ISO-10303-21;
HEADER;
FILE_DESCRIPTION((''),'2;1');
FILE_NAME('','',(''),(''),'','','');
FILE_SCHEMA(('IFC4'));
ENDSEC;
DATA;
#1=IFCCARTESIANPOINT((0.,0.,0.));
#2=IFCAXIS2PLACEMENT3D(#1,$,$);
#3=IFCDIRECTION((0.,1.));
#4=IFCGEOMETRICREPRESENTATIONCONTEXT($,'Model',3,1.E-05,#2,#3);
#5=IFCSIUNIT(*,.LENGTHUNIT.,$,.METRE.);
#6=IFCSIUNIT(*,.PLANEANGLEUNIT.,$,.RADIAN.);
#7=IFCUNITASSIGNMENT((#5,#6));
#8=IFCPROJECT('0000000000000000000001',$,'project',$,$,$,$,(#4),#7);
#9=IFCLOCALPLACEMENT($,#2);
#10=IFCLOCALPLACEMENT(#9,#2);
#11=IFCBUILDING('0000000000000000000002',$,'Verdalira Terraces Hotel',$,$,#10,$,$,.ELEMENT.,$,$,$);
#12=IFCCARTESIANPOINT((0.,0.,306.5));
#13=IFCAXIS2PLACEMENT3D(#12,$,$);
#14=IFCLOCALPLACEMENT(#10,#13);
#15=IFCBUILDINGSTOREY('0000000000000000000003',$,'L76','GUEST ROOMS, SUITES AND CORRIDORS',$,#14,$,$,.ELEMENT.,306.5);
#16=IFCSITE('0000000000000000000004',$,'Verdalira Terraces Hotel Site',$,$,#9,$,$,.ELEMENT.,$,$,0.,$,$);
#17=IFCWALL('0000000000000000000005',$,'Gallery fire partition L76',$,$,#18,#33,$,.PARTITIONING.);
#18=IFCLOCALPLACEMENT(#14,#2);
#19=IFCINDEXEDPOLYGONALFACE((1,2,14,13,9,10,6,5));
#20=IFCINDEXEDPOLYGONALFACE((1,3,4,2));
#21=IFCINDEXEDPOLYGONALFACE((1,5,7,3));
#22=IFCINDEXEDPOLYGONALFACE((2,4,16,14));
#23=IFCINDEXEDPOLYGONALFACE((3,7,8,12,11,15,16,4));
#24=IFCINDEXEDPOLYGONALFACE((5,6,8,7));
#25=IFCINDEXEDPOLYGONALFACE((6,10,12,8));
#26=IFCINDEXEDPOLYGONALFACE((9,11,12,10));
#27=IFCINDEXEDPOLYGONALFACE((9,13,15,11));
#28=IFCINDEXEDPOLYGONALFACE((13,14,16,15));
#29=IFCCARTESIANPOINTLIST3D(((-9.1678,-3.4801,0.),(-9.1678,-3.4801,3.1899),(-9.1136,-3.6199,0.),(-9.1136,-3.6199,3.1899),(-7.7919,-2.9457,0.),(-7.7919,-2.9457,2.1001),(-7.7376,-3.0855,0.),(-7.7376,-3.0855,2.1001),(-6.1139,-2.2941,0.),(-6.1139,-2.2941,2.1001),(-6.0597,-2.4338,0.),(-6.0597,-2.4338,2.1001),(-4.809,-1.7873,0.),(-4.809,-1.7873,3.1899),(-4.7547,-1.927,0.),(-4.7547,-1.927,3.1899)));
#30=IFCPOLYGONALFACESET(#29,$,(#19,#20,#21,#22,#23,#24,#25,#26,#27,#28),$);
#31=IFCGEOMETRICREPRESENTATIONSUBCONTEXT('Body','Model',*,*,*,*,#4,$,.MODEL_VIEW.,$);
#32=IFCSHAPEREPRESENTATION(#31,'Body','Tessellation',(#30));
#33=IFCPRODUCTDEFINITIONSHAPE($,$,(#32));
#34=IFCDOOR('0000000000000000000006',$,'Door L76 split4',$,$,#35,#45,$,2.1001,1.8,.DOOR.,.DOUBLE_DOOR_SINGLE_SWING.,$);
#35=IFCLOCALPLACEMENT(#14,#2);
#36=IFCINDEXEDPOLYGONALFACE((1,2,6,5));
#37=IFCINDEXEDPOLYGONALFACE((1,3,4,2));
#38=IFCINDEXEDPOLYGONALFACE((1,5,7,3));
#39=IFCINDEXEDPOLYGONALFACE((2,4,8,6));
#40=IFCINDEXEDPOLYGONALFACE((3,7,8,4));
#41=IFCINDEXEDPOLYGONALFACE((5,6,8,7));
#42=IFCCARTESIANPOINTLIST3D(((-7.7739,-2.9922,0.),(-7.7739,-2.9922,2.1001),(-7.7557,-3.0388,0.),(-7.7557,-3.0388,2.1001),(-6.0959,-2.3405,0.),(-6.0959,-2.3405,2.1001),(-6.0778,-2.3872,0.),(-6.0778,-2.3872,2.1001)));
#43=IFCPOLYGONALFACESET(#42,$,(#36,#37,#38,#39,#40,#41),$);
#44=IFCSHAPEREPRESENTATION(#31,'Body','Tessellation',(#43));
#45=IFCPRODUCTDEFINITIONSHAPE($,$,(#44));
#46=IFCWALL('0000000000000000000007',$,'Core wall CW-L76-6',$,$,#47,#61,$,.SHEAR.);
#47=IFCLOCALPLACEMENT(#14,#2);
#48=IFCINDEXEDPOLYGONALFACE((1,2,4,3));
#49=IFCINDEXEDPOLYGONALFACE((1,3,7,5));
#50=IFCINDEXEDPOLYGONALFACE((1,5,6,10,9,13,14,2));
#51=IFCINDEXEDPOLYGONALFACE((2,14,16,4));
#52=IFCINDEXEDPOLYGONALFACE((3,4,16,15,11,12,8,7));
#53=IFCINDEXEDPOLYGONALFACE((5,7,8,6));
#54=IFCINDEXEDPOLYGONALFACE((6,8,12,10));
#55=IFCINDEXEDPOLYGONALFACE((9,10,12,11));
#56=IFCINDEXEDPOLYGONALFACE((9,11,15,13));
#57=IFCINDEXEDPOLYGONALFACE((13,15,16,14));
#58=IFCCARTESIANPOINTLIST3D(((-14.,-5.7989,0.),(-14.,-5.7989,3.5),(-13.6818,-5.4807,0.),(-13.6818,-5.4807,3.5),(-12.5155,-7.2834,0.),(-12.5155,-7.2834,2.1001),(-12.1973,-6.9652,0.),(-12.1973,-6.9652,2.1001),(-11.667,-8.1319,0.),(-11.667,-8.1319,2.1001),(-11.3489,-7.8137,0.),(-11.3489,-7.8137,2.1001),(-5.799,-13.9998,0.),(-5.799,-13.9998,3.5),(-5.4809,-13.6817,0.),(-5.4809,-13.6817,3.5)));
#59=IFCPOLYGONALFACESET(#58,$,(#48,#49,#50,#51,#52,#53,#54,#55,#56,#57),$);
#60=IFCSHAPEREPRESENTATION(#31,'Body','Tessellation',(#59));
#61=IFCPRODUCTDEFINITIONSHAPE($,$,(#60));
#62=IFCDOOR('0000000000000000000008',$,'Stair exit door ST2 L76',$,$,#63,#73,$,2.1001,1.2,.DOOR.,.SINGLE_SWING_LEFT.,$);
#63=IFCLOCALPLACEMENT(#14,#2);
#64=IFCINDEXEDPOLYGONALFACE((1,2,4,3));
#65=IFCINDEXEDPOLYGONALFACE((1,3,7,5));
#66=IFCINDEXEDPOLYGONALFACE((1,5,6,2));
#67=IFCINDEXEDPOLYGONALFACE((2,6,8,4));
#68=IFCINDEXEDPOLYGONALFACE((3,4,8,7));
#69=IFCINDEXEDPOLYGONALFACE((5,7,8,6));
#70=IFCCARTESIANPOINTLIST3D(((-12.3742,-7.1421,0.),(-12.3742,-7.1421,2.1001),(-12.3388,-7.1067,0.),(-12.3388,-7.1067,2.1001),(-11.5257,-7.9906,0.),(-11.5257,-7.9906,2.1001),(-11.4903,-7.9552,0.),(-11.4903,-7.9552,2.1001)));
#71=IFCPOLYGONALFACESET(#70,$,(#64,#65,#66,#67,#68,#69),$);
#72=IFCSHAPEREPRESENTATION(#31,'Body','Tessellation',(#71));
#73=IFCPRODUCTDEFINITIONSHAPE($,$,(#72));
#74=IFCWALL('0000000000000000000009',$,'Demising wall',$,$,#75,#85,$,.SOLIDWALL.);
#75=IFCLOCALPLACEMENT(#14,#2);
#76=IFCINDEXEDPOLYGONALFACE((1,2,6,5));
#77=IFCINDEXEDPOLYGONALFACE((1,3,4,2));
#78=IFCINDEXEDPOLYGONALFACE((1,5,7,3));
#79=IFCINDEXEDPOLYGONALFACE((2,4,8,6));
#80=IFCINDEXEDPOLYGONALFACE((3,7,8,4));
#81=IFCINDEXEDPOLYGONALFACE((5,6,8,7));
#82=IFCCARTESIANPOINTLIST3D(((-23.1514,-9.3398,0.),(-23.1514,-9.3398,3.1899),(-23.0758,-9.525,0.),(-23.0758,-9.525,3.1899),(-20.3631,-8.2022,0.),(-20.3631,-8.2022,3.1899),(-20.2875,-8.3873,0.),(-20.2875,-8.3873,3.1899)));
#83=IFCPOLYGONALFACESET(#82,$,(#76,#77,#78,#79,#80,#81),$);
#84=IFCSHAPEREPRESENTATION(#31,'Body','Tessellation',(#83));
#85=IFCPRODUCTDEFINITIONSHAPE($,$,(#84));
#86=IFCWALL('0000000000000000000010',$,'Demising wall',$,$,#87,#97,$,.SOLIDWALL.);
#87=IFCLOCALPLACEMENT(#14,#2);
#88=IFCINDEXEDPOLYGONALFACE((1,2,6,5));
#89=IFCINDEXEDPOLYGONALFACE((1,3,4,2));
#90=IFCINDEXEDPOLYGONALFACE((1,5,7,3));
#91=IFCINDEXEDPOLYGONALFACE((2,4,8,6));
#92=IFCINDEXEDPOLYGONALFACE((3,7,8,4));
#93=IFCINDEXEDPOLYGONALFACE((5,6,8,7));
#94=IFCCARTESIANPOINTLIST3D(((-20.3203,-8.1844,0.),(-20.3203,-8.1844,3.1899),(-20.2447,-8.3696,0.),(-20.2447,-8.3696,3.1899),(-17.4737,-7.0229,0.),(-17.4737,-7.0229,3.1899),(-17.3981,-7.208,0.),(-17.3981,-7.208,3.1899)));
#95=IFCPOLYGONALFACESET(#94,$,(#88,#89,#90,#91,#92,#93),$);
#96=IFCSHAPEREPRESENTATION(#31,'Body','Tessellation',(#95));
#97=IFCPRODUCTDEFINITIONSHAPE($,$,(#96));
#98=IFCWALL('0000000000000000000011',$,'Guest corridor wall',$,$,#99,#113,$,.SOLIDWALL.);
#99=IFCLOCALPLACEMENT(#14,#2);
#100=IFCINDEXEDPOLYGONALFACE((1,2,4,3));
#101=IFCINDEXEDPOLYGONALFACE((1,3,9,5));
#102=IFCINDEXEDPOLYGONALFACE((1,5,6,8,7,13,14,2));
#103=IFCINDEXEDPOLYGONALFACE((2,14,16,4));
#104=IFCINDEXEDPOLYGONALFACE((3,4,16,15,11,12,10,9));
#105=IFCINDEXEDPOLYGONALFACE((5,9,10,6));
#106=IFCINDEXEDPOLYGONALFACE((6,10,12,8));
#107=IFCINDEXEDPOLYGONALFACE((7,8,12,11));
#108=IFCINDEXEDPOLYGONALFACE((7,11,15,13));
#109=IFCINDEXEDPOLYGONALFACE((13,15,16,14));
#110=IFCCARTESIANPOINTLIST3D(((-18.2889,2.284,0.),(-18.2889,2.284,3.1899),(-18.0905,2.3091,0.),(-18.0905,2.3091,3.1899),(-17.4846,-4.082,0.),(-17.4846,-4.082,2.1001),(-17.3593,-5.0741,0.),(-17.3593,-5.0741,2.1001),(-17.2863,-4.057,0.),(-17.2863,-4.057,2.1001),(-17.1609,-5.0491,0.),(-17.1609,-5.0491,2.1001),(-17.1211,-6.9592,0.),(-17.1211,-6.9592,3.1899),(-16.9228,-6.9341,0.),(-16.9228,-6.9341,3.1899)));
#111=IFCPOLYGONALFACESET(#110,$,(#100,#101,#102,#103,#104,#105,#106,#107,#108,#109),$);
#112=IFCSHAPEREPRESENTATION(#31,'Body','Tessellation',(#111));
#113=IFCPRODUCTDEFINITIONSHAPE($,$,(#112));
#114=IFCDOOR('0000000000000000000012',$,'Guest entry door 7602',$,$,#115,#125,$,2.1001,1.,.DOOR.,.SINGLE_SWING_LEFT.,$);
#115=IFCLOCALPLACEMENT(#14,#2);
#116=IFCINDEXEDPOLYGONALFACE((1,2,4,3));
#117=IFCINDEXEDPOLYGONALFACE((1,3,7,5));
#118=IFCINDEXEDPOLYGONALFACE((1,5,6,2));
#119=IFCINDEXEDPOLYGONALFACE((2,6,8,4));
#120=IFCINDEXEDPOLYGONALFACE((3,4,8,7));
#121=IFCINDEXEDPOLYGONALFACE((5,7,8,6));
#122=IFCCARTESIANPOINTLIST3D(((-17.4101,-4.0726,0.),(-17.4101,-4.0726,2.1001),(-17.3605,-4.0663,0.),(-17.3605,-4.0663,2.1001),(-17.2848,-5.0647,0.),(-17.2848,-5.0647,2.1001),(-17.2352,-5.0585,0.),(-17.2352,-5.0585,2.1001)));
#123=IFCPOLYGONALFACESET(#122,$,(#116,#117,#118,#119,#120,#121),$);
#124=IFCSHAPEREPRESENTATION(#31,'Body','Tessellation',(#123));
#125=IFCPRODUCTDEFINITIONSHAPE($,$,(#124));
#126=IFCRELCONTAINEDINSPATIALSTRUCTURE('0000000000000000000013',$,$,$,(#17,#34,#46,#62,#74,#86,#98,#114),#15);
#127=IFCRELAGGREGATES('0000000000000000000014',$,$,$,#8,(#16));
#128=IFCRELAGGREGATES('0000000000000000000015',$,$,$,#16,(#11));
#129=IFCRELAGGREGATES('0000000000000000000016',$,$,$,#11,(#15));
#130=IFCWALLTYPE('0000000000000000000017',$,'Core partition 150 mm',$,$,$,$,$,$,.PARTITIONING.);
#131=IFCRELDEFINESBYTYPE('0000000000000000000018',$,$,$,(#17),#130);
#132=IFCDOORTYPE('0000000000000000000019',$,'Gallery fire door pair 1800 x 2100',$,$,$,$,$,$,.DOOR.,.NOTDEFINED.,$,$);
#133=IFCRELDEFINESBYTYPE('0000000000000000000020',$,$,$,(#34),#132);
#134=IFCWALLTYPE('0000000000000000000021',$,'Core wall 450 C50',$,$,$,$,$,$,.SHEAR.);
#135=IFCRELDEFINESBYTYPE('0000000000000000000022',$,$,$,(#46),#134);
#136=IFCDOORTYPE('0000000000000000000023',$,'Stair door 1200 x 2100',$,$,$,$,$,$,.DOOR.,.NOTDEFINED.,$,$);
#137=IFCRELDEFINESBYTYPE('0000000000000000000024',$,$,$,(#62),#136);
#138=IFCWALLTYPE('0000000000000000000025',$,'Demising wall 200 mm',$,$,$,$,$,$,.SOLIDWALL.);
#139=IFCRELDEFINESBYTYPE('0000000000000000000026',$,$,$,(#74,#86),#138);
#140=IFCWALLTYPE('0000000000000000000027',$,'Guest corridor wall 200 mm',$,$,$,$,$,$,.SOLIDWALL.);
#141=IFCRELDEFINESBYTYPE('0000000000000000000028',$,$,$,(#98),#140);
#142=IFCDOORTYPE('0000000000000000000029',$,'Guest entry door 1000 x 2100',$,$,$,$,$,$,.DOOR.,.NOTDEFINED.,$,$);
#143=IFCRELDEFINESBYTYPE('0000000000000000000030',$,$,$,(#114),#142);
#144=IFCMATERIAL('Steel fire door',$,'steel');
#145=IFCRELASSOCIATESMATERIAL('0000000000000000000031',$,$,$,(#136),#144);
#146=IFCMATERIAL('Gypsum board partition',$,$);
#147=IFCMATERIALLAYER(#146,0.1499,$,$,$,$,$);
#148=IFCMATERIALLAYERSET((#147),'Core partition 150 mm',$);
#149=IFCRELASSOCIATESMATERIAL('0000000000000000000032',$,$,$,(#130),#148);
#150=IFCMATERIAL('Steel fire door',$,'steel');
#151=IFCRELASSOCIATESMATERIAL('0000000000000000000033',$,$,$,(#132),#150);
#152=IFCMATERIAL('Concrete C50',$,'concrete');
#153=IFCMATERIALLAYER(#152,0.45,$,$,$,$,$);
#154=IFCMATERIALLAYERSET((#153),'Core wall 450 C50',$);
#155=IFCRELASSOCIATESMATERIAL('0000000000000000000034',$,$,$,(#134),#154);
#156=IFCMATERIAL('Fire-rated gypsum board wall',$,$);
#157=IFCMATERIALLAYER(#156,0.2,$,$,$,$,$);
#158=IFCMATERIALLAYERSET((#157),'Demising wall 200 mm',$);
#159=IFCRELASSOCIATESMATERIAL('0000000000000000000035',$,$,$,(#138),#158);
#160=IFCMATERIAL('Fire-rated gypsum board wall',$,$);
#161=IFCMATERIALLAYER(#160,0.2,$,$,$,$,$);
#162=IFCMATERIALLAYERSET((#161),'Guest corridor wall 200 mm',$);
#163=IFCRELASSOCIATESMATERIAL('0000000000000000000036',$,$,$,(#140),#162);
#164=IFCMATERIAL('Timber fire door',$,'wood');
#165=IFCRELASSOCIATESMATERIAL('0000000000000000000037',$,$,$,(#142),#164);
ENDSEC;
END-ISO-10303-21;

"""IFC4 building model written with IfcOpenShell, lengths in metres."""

from ifc_helpers import new_model, si_unit, direction, frame, frame_2d, origin, place, context, subcontext, project, spatial, rectangle, extrude, material, layer, layer_set, type_object, element, fill, save


model = new_model("IFC4")

# Units and contexts
model_context = context("Model", 3, precision=1e-05, world=origin(), true_north=direction((0.0, 1.0)))
body_context = subcontext(model_context, "Body", "Model", "MODEL_VIEW")
ifc_project = project(units=[si_unit("LENGTHUNIT", "METRE"), si_unit("PLANEANGLEUNIT", "RADIAN")], contexts=[model_context])

# Site, building, storey
site_placement = place(None, origin())
site = spatial("IfcSite", under=ifc_project, at=site_placement, Name="Verdalira Terraces Hotel Site", CompositionType="ELEMENT", RefElevation=0.0)
building_placement = place(site_placement, origin())
building = spatial("IfcBuilding", under=site, at=building_placement, Name="Verdalira Terraces Hotel", CompositionType="ELEMENT")
storey_placement = place(building_placement, frame((0.0, 0.0, 306.5)))
storey = spatial("IfcBuildingStorey", under=building, at=storey_placement, Name="L76", Description="GUEST ROOMS, SUITES AND CORRIDORS", CompositionType="ELEMENT", Elevation=306.5)

# Shared definitions
ifc_material_1 = material(Name="Steel fire door", Category="steel")
door_type_1 = type_object("IfcDoorType", Name="Stair door 1200 x 2100", OperationType="NOTDEFINED", PredefinedType="DOOR", material=ifc_material_1)

# Walls, openings, doors
ifc_material_2 = material(Name="Gypsum board partition")
ifc_layer_1 = layer(ifc_material_2, 0.1499)
ifc_layer_set_1 = layer_set([ifc_layer_1], Name="Core partition 150 mm")
wall_type_1 = type_object("IfcWallType", Name="Core partition 150 mm", PredefinedType="PARTITIONING", material=ifc_layer_set_1)
wall_1_placement = place(storey_placement, frame((-4.782, -1.8572, 0.0), z_axis=(0.0, 0.0, 1.0), x_axis=(-0.932167, -0.362028, 0.0)))
wall_1 = element("IfcWall", 1, at=wall_1_placement, inside=storey, type_object=wall_type_1, Name="Gallery fire partition L76", PredefinedType="PARTITIONING", context=body_context, shape_type="SweptSolid", body=[
    extrude(rectangle(XDim=4.676, YDim=0.1499, at=frame_2d((2.3379, 0.0))), origin(), (0.0, 0.0, 1.0), 3.1899),
])
opening_1_placement = place(wall_1_placement, frame((1.3999, 0.0, 0.0)))
opening_1 = element("IfcOpeningElement", 2, at=opening_1_placement, cuts=wall_1, PredefinedType="OPENING", context=body_context, shape_type="SweptSolid", body=[
    extrude(rectangle(XDim=1.8, YDim=2.1001, at=frame_2d((0.8999, 1.05))), frame((0.0, 0.085, 0.0), z_axis=(0.0, -1.0, 0.0), x_axis=(1.0, 0.0, 0.0)), (0.0, 0.0, 1.0), 0.1699),
])
ifc_material_3 = material(Name="Steel fire door", Category="steel")
door_type_2 = type_object("IfcDoorType", Name="Gallery fire door pair 1800 x 2100", OperationType="NOTDEFINED", PredefinedType="DOOR", material=ifc_material_3)
door_1_placement = place(opening_1_placement, origin())
door_1 = element("IfcDoor", 3, at=door_1_placement, inside=storey, type_object=door_type_2, Name="Door L76 split4", OperationType="DOUBLE_DOOR_SINGLE_SWING", OverallHeight=2.1001, OverallWidth=1.8, PredefinedType="DOOR", context=body_context, shape_type="SweptSolid", body=[
    extrude(rectangle(XDim=1.8, YDim=2.1001, at=frame_2d((0.8999, 1.05))), frame((0.0, 0.0249, 0.0), z_axis=(0.0, -1.0, 0.0), x_axis=(1.0, 0.0, 0.0)), (0.0, 0.0, 1.0), 0.05),
])
fill(opening_1, door_1)
ifc_material_4 = material(Name="Concrete C50", Category="concrete")
ifc_layer_2 = layer(ifc_material_4, 0.45)
ifc_layer_set_2 = layer_set([ifc_layer_2], Name="Core wall 450 C50")
wall_type_2 = type_object("IfcWallType", Name="Core wall 450 C50", PredefinedType="SHEAR", material=ifc_layer_set_2)
wall_2_placement = place(storey_placement, frame((-13.8408, -5.6399, 0.0), z_axis=(0.0, 0.0, 1.0), x_axis=(0.707107, -0.707107, 0.0)))
wall_2 = element("IfcWall", 4, at=wall_2_placement, inside=storey, type_object=wall_type_2, Name="Core wall CW-L76-6", PredefinedType="SHEAR", context=body_context, shape_type="SweptSolid", body=[
    extrude(rectangle(XDim=11.5979, YDim=0.45, at=frame_2d((5.7988, 0.0))), origin(), (0.0, 0.0, 1.0), 3.5),
])
opening_2_placement = place(wall_2_placement, frame((2.0991, 0.0, 0.0)))
opening_2 = element("IfcOpeningElement", 5, at=opening_2_placement, cuts=wall_2, PredefinedType="OPENING", context=body_context, shape_type="SweptSolid", body=[
    extrude(rectangle(XDim=1.2, YDim=2.1001, at=frame_2d((0.6001, 1.05))), frame((0.0, 0.2349, 0.0), z_axis=(0.0, -1.0, 0.0), x_axis=(1.0, 0.0, 0.0)), (0.0, 0.0, 1.0), 0.47),
])
door_2_placement = place(opening_2_placement, origin())
door_2 = element("IfcDoor", 6, at=door_2_placement, inside=storey, type_object=door_type_1, Name="Stair exit door ST2 L76", OperationType="SINGLE_SWING_LEFT", OverallHeight=2.1001, OverallWidth=1.2, PredefinedType="DOOR", context=body_context, shape_type="SweptSolid", body=[
    extrude(rectangle(XDim=1.2, YDim=2.1001, at=frame_2d((0.6001, 1.05))), frame((0.0, 0.0249, 0.0), z_axis=(0.0, -1.0, 0.0), x_axis=(1.0, 0.0, 0.0)), (0.0, 0.0, 1.0), 0.05),
])
fill(opening_2, door_2)

# Walls
ifc_material_5 = material(Name="Fire-rated gypsum board wall")
ifc_layer_3 = layer(ifc_material_5, 0.2)
ifc_layer_set_3 = layer_set([ifc_layer_3], Name="Demising wall 200 mm")
wall_type_3 = type_object("IfcWallType", Name="Demising wall 200 mm", PredefinedType="SOLIDWALL", material=ifc_layer_set_3)
wall_3_placement = place(storey_placement, frame((-20.3252, -8.2947, 0.0), z_axis=(0.0, 0.0, 1.0), x_axis=(-0.925894, -0.377784, 0.0)))
element("IfcWall", 7, at=wall_3_placement, inside=storey, type_object=wall_type_3, Name="Demising wall", PredefinedType="SOLIDWALL", context=body_context, shape_type="SweptSolid", body=[
    extrude(rectangle(XDim=3.0115, YDim=0.2, at=frame_2d((1.5059, 0.0))), origin(), (0.0, 0.0, 1.0), 3.1899),
])
wall_4_placement = place(storey_placement, frame((-17.436, -7.1155, 0.0), z_axis=(0.0, 0.0, 1.0), x_axis=(-0.925881, -0.377816, 0.0)))
element("IfcWall", 8, at=wall_4_placement, inside=storey, type_object=wall_type_3, Name="Demising wall", PredefinedType="SOLIDWALL", context=body_context, shape_type="SweptSolid", body=[
    extrude(rectangle(XDim=3.0745, YDim=0.2, at=frame_2d((1.5371, 0.0))), origin(), (0.0, 0.0, 1.0), 3.1899),
])

# Wall, opening, door
ifc_material_6 = material(Name="Fire-rated gypsum board wall")
ifc_layer_4 = layer(ifc_material_6, 0.2)
ifc_layer_set_4 = layer_set([ifc_layer_4], Name="Guest corridor wall 200 mm")
wall_type_4 = type_object("IfcWallType", Name="Guest corridor wall 200 mm", PredefinedType="SOLIDWALL", material=ifc_layer_set_4)
wall_5_placement = place(storey_placement, frame((-17.022, -6.9465, 0.0), z_axis=(0.0, 0.0, 1.0), x_axis=(-0.125338, 0.992114, 0.0)))
wall_5 = element("IfcWall", 9, at=wall_5_placement, inside=storey, type_object=wall_type_4, Name="Guest corridor wall", PredefinedType="SOLIDWALL", context=body_context, shape_type="SweptSolid", body=[
    extrude(rectangle(XDim=9.3166, YDim=0.2, at=frame_2d((4.6582, 0.0))), origin(), (0.0, 0.0, 1.0), 3.1899),
])
opening_3_placement = place(wall_5_placement, frame((1.8999, 0.0, 0.0)))
opening_3 = element("IfcOpeningElement", 10, at=opening_3_placement, cuts=wall_5, PredefinedType="OPENING", context=body_context, shape_type="SweptSolid", body=[
    extrude(rectangle(XDim=1.0, YDim=2.1001, at=frame_2d((0.5, 1.05))), frame((0.0, 0.1099, 0.0), z_axis=(0.0, -1.0, 0.0), x_axis=(1.0, 0.0, 0.0)), (0.0, 0.0, 1.0), 0.22),
])
ifc_material_7 = material(Name="Timber fire door", Category="wood")
door_type_3 = type_object("IfcDoorType", Name="Guest entry door 1000 x 2100", OperationType="NOTDEFINED", PredefinedType="DOOR", material=ifc_material_7)
door_3_placement = place(opening_3_placement, origin())
door_3 = element("IfcDoor", 11, at=door_3_placement, inside=storey, type_object=door_type_3, Name="Guest entry door 7602", OperationType="SINGLE_SWING_LEFT", OverallHeight=2.1001, OverallWidth=1.0, PredefinedType="DOOR", context=body_context, shape_type="SweptSolid", body=[
    extrude(rectangle(XDim=1.0, YDim=2.1001, at=frame_2d((0.5, 1.05))), frame((0.0, 0.0249, 0.0), z_axis=(0.0, -1.0, 0.0), x_axis=(1.0, 0.0, 0.0)), (0.0, 0.0, 1.0), 0.05),
])
fill(opening_3, door_3)

save(model, "model.ifc")
